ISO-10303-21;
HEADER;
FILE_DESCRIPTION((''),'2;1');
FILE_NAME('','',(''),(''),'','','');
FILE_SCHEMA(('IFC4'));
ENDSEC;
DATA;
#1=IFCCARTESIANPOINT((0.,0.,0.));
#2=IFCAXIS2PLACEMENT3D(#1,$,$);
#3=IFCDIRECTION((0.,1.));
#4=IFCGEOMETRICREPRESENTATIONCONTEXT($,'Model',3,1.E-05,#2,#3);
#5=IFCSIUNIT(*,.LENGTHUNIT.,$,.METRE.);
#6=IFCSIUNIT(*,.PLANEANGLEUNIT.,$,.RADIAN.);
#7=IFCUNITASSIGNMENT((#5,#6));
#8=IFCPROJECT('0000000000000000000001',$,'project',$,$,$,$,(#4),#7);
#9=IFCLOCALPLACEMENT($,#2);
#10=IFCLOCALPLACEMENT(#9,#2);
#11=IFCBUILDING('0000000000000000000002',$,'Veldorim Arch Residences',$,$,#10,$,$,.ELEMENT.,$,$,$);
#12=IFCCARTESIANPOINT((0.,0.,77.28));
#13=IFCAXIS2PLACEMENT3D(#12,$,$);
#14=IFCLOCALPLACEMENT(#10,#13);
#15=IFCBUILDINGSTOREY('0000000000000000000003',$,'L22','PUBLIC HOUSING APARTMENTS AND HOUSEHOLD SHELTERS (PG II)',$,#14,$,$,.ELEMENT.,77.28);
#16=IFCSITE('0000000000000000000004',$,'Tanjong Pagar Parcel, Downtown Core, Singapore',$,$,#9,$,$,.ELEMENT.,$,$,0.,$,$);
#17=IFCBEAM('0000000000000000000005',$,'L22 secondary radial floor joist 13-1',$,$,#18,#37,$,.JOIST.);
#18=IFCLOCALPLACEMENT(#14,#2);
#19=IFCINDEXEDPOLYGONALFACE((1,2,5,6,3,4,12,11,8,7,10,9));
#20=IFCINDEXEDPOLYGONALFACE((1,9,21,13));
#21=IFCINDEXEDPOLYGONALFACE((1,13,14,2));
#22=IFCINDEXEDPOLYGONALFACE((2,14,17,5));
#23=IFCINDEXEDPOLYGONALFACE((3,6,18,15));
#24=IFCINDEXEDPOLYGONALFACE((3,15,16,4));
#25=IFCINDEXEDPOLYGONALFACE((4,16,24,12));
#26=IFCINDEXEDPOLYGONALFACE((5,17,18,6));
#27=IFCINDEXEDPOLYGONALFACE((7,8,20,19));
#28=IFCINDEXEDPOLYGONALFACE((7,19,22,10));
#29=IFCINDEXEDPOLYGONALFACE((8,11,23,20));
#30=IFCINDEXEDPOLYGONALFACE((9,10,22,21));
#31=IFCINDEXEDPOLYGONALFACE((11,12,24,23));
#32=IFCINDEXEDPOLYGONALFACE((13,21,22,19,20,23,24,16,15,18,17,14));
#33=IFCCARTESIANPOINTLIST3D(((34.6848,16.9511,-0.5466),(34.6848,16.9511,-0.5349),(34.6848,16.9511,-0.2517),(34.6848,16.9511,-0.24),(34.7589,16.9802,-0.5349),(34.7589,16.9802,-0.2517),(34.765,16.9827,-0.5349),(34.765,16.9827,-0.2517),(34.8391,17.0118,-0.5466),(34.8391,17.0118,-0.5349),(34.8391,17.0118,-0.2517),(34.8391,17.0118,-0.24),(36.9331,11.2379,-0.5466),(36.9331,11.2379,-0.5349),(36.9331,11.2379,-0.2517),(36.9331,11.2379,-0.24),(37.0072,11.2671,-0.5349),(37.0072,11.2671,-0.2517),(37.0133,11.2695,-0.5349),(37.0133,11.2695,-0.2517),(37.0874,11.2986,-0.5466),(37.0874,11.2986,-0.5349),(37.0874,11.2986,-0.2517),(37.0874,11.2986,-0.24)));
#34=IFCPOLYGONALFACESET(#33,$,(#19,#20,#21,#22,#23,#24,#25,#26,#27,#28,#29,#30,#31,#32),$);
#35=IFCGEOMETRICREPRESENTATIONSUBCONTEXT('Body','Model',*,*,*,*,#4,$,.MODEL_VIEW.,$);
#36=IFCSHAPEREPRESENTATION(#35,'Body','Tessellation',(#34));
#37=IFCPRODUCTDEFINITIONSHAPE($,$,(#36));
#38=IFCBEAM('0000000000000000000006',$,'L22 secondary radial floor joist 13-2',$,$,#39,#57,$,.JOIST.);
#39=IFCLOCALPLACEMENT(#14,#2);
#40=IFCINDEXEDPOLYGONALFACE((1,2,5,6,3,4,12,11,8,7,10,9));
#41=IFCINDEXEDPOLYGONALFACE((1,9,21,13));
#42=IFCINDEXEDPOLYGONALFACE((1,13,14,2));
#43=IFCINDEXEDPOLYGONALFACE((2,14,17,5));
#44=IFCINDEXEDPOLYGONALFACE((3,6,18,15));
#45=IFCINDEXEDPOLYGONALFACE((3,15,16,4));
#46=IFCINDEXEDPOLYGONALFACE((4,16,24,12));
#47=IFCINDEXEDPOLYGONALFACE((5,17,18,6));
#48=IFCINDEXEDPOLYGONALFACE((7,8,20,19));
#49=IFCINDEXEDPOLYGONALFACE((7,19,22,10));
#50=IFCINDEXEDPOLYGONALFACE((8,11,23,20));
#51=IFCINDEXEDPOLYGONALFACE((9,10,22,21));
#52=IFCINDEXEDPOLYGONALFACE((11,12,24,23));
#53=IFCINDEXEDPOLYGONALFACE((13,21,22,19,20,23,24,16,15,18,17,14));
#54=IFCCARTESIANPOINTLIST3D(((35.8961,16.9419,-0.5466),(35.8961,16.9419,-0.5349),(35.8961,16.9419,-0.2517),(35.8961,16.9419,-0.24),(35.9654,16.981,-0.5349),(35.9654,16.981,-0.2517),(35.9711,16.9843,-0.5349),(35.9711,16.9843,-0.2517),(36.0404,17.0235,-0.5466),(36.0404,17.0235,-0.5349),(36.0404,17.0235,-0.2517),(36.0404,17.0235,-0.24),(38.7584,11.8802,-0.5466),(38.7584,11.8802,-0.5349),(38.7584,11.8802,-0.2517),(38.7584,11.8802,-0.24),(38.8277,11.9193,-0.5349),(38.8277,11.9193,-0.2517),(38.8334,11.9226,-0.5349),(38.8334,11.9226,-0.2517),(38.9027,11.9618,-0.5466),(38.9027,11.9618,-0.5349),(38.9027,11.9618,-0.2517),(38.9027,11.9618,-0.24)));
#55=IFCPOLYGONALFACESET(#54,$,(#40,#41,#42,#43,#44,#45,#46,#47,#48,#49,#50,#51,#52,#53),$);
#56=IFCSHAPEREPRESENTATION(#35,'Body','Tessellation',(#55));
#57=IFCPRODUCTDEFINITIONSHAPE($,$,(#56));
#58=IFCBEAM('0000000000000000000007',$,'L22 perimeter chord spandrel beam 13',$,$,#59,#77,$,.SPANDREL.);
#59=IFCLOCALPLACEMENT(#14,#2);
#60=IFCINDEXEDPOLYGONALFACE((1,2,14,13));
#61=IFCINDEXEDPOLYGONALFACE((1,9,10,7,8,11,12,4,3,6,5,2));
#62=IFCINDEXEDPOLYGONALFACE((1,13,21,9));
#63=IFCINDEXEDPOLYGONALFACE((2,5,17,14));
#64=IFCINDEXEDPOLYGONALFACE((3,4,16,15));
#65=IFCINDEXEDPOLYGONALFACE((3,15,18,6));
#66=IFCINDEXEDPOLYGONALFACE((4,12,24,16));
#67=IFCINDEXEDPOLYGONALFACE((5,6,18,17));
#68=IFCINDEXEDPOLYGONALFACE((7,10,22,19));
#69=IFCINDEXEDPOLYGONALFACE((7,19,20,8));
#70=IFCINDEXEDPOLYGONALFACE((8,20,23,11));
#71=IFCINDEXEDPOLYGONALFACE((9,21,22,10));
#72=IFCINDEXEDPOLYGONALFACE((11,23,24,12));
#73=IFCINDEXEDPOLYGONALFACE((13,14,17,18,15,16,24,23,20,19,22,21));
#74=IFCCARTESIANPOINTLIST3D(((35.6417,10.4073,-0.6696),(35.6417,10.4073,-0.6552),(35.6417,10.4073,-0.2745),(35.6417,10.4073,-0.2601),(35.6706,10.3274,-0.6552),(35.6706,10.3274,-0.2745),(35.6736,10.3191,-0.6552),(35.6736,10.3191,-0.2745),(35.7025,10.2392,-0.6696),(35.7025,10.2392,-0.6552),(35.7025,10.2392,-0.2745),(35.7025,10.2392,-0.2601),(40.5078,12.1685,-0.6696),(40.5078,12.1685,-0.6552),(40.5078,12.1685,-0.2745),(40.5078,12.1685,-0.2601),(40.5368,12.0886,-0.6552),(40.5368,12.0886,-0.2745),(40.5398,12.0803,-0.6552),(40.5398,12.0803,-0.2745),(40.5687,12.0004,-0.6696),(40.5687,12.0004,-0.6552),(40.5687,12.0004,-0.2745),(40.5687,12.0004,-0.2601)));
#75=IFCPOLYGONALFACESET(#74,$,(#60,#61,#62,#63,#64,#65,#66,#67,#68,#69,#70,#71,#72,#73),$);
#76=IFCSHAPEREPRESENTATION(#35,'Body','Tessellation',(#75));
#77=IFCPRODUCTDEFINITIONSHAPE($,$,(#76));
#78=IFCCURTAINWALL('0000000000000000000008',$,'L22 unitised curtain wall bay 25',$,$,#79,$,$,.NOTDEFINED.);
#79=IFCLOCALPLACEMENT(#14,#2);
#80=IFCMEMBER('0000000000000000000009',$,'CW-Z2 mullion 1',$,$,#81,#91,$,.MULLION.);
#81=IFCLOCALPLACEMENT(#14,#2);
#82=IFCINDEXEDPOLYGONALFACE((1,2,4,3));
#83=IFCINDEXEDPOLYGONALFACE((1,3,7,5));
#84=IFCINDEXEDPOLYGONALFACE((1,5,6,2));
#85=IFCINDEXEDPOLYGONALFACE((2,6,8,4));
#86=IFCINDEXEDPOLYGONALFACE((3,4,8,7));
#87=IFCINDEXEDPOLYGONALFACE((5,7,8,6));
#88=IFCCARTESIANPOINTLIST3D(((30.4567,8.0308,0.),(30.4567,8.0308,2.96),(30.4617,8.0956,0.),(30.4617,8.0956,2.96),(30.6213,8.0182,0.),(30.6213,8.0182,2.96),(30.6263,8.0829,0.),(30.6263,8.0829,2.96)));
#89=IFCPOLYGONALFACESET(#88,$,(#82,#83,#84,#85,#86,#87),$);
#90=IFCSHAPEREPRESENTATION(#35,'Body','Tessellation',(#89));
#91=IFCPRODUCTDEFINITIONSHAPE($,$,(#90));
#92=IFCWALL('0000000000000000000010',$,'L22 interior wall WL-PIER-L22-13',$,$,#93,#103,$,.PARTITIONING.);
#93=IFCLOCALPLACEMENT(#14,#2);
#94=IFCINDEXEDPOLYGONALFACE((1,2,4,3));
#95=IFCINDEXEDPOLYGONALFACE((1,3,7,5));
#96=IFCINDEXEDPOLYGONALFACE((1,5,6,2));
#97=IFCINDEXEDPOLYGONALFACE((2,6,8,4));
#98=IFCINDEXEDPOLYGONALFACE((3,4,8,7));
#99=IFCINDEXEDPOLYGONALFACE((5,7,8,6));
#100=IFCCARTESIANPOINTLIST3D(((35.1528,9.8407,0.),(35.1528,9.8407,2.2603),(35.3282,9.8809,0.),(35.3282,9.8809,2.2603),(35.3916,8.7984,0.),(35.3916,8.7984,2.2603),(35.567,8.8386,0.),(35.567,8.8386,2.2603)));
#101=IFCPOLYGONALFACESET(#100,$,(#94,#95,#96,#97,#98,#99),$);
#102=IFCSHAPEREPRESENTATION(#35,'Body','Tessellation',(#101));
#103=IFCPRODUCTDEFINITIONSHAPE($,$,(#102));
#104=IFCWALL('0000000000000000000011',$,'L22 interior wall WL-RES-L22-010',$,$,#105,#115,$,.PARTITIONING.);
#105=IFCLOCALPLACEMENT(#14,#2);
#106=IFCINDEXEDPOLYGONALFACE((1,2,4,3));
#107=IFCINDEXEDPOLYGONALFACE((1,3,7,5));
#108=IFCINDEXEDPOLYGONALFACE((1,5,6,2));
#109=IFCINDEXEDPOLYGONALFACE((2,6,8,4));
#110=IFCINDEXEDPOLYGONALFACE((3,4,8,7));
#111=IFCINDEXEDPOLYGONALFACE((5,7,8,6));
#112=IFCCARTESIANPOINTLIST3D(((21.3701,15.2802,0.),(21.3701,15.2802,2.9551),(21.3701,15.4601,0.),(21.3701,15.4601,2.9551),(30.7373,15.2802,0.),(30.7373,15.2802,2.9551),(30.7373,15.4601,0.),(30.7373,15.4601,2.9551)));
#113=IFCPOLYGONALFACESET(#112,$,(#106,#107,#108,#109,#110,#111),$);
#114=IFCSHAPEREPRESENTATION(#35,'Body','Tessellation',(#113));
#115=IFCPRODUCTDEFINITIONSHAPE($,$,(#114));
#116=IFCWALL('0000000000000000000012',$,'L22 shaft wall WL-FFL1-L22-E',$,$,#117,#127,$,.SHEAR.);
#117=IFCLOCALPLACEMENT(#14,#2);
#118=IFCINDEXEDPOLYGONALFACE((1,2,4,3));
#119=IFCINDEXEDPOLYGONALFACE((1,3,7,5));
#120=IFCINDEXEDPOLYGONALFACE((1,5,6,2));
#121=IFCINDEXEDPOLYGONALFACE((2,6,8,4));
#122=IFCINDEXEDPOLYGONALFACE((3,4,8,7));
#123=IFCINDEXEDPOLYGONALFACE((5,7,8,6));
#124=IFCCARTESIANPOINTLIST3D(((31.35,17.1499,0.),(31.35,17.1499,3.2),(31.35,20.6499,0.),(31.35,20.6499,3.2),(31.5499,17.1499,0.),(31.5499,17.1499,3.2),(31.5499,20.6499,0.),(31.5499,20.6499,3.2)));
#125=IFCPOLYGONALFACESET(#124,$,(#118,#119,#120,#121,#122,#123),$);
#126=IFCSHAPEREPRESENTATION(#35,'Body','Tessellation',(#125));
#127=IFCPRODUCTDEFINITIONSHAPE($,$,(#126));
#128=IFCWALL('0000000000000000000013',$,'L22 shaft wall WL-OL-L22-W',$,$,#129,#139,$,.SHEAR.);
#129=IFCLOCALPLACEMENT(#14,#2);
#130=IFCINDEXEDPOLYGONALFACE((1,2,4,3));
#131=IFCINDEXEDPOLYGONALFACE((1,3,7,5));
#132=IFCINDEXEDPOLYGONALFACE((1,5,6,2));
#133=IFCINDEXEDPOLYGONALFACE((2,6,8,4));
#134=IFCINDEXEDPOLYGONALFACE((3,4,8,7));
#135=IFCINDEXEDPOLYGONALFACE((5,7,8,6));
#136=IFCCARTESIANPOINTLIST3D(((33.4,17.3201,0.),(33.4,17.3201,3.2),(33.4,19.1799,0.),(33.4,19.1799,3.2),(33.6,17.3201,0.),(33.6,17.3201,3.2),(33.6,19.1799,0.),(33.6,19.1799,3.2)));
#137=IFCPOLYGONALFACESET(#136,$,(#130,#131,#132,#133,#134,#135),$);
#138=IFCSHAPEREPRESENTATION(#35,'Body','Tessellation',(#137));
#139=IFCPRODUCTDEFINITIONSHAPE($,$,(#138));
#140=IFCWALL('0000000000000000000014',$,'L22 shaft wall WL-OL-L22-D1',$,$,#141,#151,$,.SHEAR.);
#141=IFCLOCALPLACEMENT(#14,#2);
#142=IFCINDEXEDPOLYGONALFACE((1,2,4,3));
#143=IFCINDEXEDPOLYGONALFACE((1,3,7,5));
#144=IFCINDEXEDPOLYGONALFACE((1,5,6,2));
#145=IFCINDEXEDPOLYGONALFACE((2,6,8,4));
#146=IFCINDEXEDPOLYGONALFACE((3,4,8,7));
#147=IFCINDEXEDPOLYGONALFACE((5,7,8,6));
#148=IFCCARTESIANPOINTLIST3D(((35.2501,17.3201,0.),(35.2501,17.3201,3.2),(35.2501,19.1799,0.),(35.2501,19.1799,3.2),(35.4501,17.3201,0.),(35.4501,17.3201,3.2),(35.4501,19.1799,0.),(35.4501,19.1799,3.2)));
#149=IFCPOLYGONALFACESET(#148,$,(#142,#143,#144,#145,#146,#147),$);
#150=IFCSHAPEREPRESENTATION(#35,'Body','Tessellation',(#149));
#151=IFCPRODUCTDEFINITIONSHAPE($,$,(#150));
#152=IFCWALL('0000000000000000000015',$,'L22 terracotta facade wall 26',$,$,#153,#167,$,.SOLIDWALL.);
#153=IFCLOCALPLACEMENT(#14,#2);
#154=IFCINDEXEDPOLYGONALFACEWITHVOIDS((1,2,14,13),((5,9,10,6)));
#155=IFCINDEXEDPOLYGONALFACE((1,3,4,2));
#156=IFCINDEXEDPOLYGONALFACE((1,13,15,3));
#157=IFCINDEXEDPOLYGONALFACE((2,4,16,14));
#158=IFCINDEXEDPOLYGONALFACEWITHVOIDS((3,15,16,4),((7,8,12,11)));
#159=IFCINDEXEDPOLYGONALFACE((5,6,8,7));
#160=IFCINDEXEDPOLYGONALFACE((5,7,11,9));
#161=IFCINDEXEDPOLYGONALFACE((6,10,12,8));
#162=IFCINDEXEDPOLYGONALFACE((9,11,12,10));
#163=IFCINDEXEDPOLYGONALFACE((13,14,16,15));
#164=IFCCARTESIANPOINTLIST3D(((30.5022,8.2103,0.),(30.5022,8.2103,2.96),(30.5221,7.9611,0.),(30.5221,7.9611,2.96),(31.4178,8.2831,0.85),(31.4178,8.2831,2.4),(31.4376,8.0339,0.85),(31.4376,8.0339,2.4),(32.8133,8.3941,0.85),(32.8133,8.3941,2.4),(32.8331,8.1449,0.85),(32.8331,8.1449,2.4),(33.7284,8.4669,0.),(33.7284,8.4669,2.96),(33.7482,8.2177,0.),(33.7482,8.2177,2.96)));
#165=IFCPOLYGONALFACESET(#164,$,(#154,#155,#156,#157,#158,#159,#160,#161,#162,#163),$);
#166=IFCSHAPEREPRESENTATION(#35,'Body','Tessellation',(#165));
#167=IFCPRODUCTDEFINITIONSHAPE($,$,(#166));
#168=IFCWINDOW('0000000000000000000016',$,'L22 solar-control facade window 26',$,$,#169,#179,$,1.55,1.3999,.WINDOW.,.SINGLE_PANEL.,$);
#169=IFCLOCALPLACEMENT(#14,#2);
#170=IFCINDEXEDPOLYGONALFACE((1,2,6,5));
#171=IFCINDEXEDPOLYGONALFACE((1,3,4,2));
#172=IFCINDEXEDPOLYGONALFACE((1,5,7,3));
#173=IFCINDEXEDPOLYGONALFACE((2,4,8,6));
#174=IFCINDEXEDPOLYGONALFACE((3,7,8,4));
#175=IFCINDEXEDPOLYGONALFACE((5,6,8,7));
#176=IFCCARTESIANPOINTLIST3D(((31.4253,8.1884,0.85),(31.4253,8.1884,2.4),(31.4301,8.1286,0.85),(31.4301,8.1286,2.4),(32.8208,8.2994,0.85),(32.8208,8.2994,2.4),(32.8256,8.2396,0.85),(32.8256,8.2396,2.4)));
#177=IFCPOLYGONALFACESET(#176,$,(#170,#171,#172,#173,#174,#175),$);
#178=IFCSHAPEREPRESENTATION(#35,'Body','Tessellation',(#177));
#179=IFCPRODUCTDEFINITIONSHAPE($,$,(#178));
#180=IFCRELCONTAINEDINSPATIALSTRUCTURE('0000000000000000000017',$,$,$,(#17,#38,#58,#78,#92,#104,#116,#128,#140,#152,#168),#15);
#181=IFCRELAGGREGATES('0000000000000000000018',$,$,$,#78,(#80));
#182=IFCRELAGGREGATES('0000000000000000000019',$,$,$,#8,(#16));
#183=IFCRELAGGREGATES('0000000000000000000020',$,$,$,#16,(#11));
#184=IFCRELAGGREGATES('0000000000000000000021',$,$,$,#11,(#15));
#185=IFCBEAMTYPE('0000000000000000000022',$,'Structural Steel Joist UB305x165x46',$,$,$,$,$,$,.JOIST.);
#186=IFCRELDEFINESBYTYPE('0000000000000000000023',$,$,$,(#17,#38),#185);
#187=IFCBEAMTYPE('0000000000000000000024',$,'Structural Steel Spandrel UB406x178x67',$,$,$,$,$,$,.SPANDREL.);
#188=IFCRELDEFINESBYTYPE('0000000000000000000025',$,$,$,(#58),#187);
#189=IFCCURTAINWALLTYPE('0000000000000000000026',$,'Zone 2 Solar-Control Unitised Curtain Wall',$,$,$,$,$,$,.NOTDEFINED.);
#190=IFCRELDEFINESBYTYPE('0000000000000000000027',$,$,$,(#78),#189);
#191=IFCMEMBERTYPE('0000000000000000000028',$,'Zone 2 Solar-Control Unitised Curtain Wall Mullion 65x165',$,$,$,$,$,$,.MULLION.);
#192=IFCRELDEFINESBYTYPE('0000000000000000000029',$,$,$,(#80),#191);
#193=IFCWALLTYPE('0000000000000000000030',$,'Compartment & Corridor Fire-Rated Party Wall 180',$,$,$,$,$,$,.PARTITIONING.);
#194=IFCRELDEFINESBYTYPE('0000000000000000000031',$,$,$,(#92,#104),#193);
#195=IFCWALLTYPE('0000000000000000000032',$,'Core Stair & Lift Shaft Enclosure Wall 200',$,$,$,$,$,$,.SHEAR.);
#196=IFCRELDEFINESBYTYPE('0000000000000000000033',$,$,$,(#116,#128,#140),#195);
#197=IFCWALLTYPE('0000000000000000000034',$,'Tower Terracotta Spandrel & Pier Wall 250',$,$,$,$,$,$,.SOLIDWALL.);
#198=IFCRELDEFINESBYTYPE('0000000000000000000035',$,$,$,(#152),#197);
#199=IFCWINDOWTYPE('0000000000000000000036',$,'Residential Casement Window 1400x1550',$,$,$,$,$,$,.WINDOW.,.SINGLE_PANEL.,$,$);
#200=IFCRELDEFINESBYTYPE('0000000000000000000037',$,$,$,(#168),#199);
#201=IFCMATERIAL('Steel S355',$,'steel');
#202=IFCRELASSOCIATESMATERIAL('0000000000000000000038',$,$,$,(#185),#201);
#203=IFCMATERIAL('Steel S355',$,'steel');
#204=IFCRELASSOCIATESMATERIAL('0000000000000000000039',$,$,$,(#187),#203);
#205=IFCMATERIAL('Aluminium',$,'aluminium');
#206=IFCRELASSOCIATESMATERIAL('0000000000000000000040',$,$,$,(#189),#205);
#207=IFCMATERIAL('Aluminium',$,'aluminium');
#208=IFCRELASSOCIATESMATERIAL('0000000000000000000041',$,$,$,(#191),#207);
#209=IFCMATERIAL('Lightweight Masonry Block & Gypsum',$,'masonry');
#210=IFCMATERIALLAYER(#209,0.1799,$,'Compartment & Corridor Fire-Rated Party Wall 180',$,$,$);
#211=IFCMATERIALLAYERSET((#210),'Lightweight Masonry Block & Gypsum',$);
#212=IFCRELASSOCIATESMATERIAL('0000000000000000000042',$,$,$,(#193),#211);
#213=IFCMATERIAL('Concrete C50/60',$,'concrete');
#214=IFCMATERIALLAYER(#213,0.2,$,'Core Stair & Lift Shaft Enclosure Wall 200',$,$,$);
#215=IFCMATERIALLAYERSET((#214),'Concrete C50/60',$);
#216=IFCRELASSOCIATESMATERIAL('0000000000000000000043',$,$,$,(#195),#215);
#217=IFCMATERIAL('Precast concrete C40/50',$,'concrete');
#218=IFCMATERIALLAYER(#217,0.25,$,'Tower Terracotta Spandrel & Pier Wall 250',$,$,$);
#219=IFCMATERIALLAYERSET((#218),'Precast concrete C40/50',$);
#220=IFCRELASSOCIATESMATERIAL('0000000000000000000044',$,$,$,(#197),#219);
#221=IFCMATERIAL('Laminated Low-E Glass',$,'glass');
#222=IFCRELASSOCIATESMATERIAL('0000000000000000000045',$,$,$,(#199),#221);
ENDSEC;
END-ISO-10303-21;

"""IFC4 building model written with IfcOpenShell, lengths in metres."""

from ifc_helpers import new_model, si_unit, direction, frame, frame_2d, origin, origin_2d, place, context, subcontext, project, spatial, rectangle, i_section, extrude, material, layer, layer_set, material_profile, profile_set, type_object, element, fill, aggregate, save


model = new_model("IFC4")

# Units and contexts
model_context = context("Model", 3, precision=1e-05, world=origin(), true_north=direction((0.0, 1.0)))
body_context = subcontext(model_context, "Body", "Model", "MODEL_VIEW")
ifc_project = project(units=[si_unit("LENGTHUNIT", "METRE"), si_unit("PLANEANGLEUNIT", "RADIAN")], contexts=[model_context])

# Site, building, storey
site_placement = place(None, origin())
site = spatial("IfcSite", under=ifc_project, at=site_placement, Name="Tanjong Pagar Parcel, Downtown Core, Singapore", CompositionType="ELEMENT", RefElevation=0.0)
building_placement = place(site_placement, origin())
building = spatial("IfcBuilding", under=site, at=building_placement, Name="Veldorim Arch Residences", CompositionType="ELEMENT")
storey_placement = place(building_placement, frame((0.0, 0.0, 77.28)))
storey = spatial("IfcBuildingStorey", under=building, at=storey_placement, Name="L22", Description="PUBLIC HOUSING APARTMENTS AND HOUSEHOLD SHELTERS (PG II)", CompositionType="ELEMENT", Elevation=77.28)

# Beams
ifc_material_1 = material(Name="Steel S355", Category="steel")
ifc_material_profile_1 = material_profile(ifc_material_1, i_section(OverallWidth=0.1658, OverallDepth=0.3066, WebThickness=0.0066, FlangeThickness=0.0117, at=origin_2d()), Name="UB305x165x46")
ifc_profile_set_1 = profile_set([ifc_material_profile_1], Name="Steel S355")
beam_type_1 = type_object("IfcBeamType", Name="Structural Steel Joist UB305x165x46", PredefinedType="JOIST", material=ifc_profile_set_1)
beam_1_placement = place(storey_placement, frame((34.762, 16.9814, -0.3933), z_axis=(0.366195, -0.930538, 0.0), x_axis=(0.930538, 0.366195, 0.0)))
element("IfcBeam", 1, at=beam_1_placement, inside=storey, type_object=beam_type_1, Name="L22 secondary radial floor joist 13-1", PredefinedType="JOIST", context=body_context, shape_type="SweptSolid", body=[
    extrude(i_section(OverallWidth=0.1658, OverallDepth=0.3066, WebThickness=0.0066, FlangeThickness=0.0117, at=origin_2d()), origin(), (0.0, 0.0, 1.0), 6.1396),
])
beam_2_placement = place(storey_placement, frame((35.9683, 16.9827, -0.3933), z_axis=(0.492227, -0.870467, 0.0), x_axis=(0.870467, 0.492227, 0.0)))
element("IfcBeam", 2, at=beam_2_placement, inside=storey, type_object=beam_type_1, Name="L22 secondary radial floor joist 13-2", PredefinedType="JOIST", context=body_context, shape_type="SweptSolid", body=[
    extrude(i_section(OverallWidth=0.1658, OverallDepth=0.3066, WebThickness=0.0066, FlangeThickness=0.0117, at=origin_2d()), origin(), (0.0, 0.0, 1.0), 5.8149),
])
ifc_material_2 = material(Name="Steel S355", Category="steel")
ifc_material_profile_2 = material_profile(ifc_material_2, i_section(OverallWidth=0.1787, OverallDepth=0.4094, WebThickness=0.0088, FlangeThickness=0.0144, at=origin_2d()), Name="UB406x178x67")
ifc_profile_set_2 = profile_set([ifc_material_profile_2], Name="Steel S355")
beam_type_2 = type_object("IfcBeamType", Name="Structural Steel Spandrel UB406x178x67", PredefinedType="SPANDREL", material=ifc_profile_set_2)
beam_3_placement = place(storey_placement, frame((35.6721, 10.3232, -0.4648), z_axis=(0.940308, 0.340326, 0.0), x_axis=(-0.340326, 0.940308, 0.0)))
element("IfcBeam", 3, at=beam_3_placement, inside=storey, type_object=beam_type_2, Name="L22 perimeter chord spandrel beam 13", PredefinedType="SPANDREL", context=body_context, shape_type="SweptSolid", body=[
    extrude(i_section(OverallWidth=0.1787, OverallDepth=0.4094, WebThickness=0.0088, FlangeThickness=0.0144, at=origin_2d()), origin(), (0.0, 0.0, 1.0), 5.175),
])

# Curtain wall, member
ifc_material_3 = material(Name="Aluminium", Category="aluminium")
curtain_wall_type = type_object("IfcCurtainWallType", Name="Zone 2 Solar-Control Unitised Curtain Wall", PredefinedType="NOTDEFINED", material=ifc_material_3)
curtain_wall_placement = place(storey_placement, origin())
curtain_wall = element("IfcCurtainWall", 4, at=curtain_wall_placement, inside=storey, type_object=curtain_wall_type, Name="L22 unitised curtain wall bay 25", PredefinedType="NOTDEFINED")
ifc_material_4 = material(Name="Aluminium", Category="aluminium")
ifc_material_profile_3 = material_profile(ifc_material_4, rectangle(XDim=0.0649, YDim=0.165, at=origin_2d()), Name="ALU_MUL_65x165")
ifc_profile_set_3 = profile_set([ifc_material_profile_3], Name="Aluminium")
member_type = type_object("IfcMemberType", Name="Zone 2 Solar-Control Unitised Curtain Wall Mullion 65x165", PredefinedType="MULLION", material=ifc_profile_set_3)
member_placement = place(storey_placement, frame((30.5415, 8.0569, 0.0), z_axis=(0.0, 0.0, 1.0), x_axis=(-0.076696, -0.997054, 0.0)))
member = element("IfcMember", 5, at=member_placement, type_object=member_type, Name="CW-Z2 mullion 1", PredefinedType="MULLION", context=body_context, shape_type="SweptSolid", body=[
    extrude(rectangle(XDim=0.0649, YDim=0.165, at=origin_2d()), origin(), (0.0, 0.0, 1.0), 2.96),
])
aggregate(curtain_wall, [member])

# Walls
ifc_material_5 = material(Name="Lightweight Masonry Block & Gypsum", Category="masonry")
ifc_layer_1 = layer(ifc_material_5, 0.1799, Name="Compartment & Corridor Fire-Rated Party Wall 180")
ifc_layer_set_1 = layer_set([ifc_layer_1], Name="Lightweight Masonry Block & Gypsum")
wall_type_1 = type_object("IfcWallType", Name="Compartment & Corridor Fire-Rated Party Wall 180", PredefinedType="PARTITIONING", material=ifc_layer_set_1)
wall_1_placement = place(storey_placement, frame((35.2405, 9.8608, 0.0), z_axis=(0.0, 0.0, 1.0), x_axis=(0.223308, -0.974748, 0.0)))
element("IfcWall", 6, at=wall_1_placement, inside=storey, type_object=wall_type_1, Name="L22 interior wall WL-PIER-L22-13", PredefinedType="PARTITIONING", context=body_context, shape_type="SweptSolid", body=[
    extrude(rectangle(XDim=1.0693, YDim=0.1799, at=frame_2d((0.5347, 0.0))), origin(), (0.0, 0.0, 1.0), 2.2603),
])
wall_2_placement = place(storey_placement, frame((30.7373, 15.3701, 0.0), z_axis=(0.0, 0.0, 1.0), x_axis=(-1.0, 0.0, 0.0)))
element("IfcWall", 7, at=wall_2_placement, inside=storey, type_object=wall_type_1, Name="L22 interior wall WL-RES-L22-010", PredefinedType="PARTITIONING", context=body_context, shape_type="SweptSolid", body=[
    extrude(rectangle(XDim=9.3672, YDim=0.1799, at=frame_2d((4.6836, 0.0))), origin(), (0.0, 0.0, 1.0), 2.9551),
])
ifc_material_6 = material(Name="Concrete C50/60", Category="concrete")
ifc_layer_2 = layer(ifc_material_6, 0.2, Name="Core Stair & Lift Shaft Enclosure Wall 200")
ifc_layer_set_2 = layer_set([ifc_layer_2], Name="Concrete C50/60")
wall_type_2 = type_object("IfcWallType", Name="Core Stair & Lift Shaft Enclosure Wall 200", PredefinedType="SHEAR", material=ifc_layer_set_2)
wall_3_placement = place(storey_placement, frame((31.45, 17.1499, 0.0), z_axis=(0.0, 0.0, 1.0), x_axis=(0.0, 1.0, 0.0)))
element("IfcWall", 8, at=wall_3_placement, inside=storey, type_object=wall_type_2, Name="L22 shaft wall WL-FFL1-L22-E", PredefinedType="SHEAR", context=body_context, shape_type="SweptSolid", body=[
    extrude(rectangle(XDim=3.5, YDim=0.2, at=frame_2d((1.75, 0.0))), origin(), (0.0, 0.0, 1.0), 3.2),
])
for number, where, z_axis, x_axis, name in (
    (9, (33.5, 17.3201, 0.0), (0.0, 0.0, 1.0), (0.0, 1.0, 0.0), "L22 shaft wall WL-OL-L22-W"),
    (10, (35.3501, 17.3201, 0.0), (0.0, 0.0, 1.0), (0.0, 1.0, 0.0), "L22 shaft wall WL-OL-L22-D1"),
):
    element("IfcWall", number, at=place(storey_placement, frame(where, z_axis=z_axis, x_axis=x_axis)), inside=storey, type_object=wall_type_2, Name=name, PredefinedType="SHEAR", context=body_context, shape_type="SweptSolid", body=[
        extrude(rectangle(XDim=1.8599, YDim=0.2, at=frame_2d((0.9299, 0.0))), origin(), (0.0, 0.0, 1.0), 3.2),
    ])

# Wall, opening, window
ifc_material_7 = material(Name="Precast concrete C40/50", Category="concrete")
ifc_layer_3 = layer(ifc_material_7, 0.25, Name="Tower Terracotta Spandrel & Pier Wall 250")
ifc_layer_set_3 = layer_set([ifc_layer_3], Name="Precast concrete C40/50")
wall_type_3 = type_object("IfcWallType", Name="Tower Terracotta Spandrel & Pier Wall 250", PredefinedType="SOLIDWALL", material=ifc_layer_set_3)
wall_4_placement = place(storey_placement, frame((33.7383, 8.3423, 0.0), z_axis=(0.0, 0.0, 1.0), x_axis=(-0.996852, -0.079286, 0.0)))
wall_4 = element("IfcWall", 11, at=wall_4_placement, inside=storey, type_object=wall_type_3, Name="L22 terracotta facade wall 26", PredefinedType="SOLIDWALL", context=body_context, shape_type="SweptSolid", body=[
    extrude(rectangle(XDim=3.2363, YDim=0.25, at=frame_2d((1.6182, 0.0))), origin(), (0.0, 0.0, 1.0), 2.96),
])
opening_placement = place(wall_4_placement, frame((0.918, 0.0, 0.8501)))
opening = element("IfcOpeningElement", 12, at=opening_placement, cuts=wall_4, PredefinedType="OPENING", context=body_context, shape_type="SweptSolid", body=[
    extrude(rectangle(XDim=1.3999, YDim=1.55, at=frame_2d((0.7, 0.7749))), frame((0.0, 0.135, 0.0), z_axis=(0.0, -1.0, 0.0), x_axis=(1.0, 0.0, 0.0)), (0.0, 0.0, 1.0), 0.27),
])
ifc_material_8 = material(Name="Laminated Low-E Glass", Category="glass")
window_type = type_object("IfcWindowType", Name="Residential Casement Window 1400x1550", PartitioningType="SINGLE_PANEL", PredefinedType="WINDOW", material=ifc_material_8)
window_placement = place(opening_placement, origin())
window = element("IfcWindow", 13, at=window_placement, inside=storey, type_object=window_type, Name="L22 solar-control facade window 26", OverallHeight=1.55, OverallWidth=1.3999, PartitioningType="SINGLE_PANEL", PredefinedType="WINDOW", context=body_context, shape_type="SweptSolid", body=[
    extrude(rectangle(XDim=1.3999, YDim=1.55, at=frame_2d((0.7, 0.7749))), frame((0.0, 0.03, 0.0), z_axis=(0.0, -1.0, 0.0), x_axis=(1.0, 0.0, 0.0)), (0.0, 0.0, 1.0), 0.0601),
])
fill(opening, window)

save(model, "model.ifc")
